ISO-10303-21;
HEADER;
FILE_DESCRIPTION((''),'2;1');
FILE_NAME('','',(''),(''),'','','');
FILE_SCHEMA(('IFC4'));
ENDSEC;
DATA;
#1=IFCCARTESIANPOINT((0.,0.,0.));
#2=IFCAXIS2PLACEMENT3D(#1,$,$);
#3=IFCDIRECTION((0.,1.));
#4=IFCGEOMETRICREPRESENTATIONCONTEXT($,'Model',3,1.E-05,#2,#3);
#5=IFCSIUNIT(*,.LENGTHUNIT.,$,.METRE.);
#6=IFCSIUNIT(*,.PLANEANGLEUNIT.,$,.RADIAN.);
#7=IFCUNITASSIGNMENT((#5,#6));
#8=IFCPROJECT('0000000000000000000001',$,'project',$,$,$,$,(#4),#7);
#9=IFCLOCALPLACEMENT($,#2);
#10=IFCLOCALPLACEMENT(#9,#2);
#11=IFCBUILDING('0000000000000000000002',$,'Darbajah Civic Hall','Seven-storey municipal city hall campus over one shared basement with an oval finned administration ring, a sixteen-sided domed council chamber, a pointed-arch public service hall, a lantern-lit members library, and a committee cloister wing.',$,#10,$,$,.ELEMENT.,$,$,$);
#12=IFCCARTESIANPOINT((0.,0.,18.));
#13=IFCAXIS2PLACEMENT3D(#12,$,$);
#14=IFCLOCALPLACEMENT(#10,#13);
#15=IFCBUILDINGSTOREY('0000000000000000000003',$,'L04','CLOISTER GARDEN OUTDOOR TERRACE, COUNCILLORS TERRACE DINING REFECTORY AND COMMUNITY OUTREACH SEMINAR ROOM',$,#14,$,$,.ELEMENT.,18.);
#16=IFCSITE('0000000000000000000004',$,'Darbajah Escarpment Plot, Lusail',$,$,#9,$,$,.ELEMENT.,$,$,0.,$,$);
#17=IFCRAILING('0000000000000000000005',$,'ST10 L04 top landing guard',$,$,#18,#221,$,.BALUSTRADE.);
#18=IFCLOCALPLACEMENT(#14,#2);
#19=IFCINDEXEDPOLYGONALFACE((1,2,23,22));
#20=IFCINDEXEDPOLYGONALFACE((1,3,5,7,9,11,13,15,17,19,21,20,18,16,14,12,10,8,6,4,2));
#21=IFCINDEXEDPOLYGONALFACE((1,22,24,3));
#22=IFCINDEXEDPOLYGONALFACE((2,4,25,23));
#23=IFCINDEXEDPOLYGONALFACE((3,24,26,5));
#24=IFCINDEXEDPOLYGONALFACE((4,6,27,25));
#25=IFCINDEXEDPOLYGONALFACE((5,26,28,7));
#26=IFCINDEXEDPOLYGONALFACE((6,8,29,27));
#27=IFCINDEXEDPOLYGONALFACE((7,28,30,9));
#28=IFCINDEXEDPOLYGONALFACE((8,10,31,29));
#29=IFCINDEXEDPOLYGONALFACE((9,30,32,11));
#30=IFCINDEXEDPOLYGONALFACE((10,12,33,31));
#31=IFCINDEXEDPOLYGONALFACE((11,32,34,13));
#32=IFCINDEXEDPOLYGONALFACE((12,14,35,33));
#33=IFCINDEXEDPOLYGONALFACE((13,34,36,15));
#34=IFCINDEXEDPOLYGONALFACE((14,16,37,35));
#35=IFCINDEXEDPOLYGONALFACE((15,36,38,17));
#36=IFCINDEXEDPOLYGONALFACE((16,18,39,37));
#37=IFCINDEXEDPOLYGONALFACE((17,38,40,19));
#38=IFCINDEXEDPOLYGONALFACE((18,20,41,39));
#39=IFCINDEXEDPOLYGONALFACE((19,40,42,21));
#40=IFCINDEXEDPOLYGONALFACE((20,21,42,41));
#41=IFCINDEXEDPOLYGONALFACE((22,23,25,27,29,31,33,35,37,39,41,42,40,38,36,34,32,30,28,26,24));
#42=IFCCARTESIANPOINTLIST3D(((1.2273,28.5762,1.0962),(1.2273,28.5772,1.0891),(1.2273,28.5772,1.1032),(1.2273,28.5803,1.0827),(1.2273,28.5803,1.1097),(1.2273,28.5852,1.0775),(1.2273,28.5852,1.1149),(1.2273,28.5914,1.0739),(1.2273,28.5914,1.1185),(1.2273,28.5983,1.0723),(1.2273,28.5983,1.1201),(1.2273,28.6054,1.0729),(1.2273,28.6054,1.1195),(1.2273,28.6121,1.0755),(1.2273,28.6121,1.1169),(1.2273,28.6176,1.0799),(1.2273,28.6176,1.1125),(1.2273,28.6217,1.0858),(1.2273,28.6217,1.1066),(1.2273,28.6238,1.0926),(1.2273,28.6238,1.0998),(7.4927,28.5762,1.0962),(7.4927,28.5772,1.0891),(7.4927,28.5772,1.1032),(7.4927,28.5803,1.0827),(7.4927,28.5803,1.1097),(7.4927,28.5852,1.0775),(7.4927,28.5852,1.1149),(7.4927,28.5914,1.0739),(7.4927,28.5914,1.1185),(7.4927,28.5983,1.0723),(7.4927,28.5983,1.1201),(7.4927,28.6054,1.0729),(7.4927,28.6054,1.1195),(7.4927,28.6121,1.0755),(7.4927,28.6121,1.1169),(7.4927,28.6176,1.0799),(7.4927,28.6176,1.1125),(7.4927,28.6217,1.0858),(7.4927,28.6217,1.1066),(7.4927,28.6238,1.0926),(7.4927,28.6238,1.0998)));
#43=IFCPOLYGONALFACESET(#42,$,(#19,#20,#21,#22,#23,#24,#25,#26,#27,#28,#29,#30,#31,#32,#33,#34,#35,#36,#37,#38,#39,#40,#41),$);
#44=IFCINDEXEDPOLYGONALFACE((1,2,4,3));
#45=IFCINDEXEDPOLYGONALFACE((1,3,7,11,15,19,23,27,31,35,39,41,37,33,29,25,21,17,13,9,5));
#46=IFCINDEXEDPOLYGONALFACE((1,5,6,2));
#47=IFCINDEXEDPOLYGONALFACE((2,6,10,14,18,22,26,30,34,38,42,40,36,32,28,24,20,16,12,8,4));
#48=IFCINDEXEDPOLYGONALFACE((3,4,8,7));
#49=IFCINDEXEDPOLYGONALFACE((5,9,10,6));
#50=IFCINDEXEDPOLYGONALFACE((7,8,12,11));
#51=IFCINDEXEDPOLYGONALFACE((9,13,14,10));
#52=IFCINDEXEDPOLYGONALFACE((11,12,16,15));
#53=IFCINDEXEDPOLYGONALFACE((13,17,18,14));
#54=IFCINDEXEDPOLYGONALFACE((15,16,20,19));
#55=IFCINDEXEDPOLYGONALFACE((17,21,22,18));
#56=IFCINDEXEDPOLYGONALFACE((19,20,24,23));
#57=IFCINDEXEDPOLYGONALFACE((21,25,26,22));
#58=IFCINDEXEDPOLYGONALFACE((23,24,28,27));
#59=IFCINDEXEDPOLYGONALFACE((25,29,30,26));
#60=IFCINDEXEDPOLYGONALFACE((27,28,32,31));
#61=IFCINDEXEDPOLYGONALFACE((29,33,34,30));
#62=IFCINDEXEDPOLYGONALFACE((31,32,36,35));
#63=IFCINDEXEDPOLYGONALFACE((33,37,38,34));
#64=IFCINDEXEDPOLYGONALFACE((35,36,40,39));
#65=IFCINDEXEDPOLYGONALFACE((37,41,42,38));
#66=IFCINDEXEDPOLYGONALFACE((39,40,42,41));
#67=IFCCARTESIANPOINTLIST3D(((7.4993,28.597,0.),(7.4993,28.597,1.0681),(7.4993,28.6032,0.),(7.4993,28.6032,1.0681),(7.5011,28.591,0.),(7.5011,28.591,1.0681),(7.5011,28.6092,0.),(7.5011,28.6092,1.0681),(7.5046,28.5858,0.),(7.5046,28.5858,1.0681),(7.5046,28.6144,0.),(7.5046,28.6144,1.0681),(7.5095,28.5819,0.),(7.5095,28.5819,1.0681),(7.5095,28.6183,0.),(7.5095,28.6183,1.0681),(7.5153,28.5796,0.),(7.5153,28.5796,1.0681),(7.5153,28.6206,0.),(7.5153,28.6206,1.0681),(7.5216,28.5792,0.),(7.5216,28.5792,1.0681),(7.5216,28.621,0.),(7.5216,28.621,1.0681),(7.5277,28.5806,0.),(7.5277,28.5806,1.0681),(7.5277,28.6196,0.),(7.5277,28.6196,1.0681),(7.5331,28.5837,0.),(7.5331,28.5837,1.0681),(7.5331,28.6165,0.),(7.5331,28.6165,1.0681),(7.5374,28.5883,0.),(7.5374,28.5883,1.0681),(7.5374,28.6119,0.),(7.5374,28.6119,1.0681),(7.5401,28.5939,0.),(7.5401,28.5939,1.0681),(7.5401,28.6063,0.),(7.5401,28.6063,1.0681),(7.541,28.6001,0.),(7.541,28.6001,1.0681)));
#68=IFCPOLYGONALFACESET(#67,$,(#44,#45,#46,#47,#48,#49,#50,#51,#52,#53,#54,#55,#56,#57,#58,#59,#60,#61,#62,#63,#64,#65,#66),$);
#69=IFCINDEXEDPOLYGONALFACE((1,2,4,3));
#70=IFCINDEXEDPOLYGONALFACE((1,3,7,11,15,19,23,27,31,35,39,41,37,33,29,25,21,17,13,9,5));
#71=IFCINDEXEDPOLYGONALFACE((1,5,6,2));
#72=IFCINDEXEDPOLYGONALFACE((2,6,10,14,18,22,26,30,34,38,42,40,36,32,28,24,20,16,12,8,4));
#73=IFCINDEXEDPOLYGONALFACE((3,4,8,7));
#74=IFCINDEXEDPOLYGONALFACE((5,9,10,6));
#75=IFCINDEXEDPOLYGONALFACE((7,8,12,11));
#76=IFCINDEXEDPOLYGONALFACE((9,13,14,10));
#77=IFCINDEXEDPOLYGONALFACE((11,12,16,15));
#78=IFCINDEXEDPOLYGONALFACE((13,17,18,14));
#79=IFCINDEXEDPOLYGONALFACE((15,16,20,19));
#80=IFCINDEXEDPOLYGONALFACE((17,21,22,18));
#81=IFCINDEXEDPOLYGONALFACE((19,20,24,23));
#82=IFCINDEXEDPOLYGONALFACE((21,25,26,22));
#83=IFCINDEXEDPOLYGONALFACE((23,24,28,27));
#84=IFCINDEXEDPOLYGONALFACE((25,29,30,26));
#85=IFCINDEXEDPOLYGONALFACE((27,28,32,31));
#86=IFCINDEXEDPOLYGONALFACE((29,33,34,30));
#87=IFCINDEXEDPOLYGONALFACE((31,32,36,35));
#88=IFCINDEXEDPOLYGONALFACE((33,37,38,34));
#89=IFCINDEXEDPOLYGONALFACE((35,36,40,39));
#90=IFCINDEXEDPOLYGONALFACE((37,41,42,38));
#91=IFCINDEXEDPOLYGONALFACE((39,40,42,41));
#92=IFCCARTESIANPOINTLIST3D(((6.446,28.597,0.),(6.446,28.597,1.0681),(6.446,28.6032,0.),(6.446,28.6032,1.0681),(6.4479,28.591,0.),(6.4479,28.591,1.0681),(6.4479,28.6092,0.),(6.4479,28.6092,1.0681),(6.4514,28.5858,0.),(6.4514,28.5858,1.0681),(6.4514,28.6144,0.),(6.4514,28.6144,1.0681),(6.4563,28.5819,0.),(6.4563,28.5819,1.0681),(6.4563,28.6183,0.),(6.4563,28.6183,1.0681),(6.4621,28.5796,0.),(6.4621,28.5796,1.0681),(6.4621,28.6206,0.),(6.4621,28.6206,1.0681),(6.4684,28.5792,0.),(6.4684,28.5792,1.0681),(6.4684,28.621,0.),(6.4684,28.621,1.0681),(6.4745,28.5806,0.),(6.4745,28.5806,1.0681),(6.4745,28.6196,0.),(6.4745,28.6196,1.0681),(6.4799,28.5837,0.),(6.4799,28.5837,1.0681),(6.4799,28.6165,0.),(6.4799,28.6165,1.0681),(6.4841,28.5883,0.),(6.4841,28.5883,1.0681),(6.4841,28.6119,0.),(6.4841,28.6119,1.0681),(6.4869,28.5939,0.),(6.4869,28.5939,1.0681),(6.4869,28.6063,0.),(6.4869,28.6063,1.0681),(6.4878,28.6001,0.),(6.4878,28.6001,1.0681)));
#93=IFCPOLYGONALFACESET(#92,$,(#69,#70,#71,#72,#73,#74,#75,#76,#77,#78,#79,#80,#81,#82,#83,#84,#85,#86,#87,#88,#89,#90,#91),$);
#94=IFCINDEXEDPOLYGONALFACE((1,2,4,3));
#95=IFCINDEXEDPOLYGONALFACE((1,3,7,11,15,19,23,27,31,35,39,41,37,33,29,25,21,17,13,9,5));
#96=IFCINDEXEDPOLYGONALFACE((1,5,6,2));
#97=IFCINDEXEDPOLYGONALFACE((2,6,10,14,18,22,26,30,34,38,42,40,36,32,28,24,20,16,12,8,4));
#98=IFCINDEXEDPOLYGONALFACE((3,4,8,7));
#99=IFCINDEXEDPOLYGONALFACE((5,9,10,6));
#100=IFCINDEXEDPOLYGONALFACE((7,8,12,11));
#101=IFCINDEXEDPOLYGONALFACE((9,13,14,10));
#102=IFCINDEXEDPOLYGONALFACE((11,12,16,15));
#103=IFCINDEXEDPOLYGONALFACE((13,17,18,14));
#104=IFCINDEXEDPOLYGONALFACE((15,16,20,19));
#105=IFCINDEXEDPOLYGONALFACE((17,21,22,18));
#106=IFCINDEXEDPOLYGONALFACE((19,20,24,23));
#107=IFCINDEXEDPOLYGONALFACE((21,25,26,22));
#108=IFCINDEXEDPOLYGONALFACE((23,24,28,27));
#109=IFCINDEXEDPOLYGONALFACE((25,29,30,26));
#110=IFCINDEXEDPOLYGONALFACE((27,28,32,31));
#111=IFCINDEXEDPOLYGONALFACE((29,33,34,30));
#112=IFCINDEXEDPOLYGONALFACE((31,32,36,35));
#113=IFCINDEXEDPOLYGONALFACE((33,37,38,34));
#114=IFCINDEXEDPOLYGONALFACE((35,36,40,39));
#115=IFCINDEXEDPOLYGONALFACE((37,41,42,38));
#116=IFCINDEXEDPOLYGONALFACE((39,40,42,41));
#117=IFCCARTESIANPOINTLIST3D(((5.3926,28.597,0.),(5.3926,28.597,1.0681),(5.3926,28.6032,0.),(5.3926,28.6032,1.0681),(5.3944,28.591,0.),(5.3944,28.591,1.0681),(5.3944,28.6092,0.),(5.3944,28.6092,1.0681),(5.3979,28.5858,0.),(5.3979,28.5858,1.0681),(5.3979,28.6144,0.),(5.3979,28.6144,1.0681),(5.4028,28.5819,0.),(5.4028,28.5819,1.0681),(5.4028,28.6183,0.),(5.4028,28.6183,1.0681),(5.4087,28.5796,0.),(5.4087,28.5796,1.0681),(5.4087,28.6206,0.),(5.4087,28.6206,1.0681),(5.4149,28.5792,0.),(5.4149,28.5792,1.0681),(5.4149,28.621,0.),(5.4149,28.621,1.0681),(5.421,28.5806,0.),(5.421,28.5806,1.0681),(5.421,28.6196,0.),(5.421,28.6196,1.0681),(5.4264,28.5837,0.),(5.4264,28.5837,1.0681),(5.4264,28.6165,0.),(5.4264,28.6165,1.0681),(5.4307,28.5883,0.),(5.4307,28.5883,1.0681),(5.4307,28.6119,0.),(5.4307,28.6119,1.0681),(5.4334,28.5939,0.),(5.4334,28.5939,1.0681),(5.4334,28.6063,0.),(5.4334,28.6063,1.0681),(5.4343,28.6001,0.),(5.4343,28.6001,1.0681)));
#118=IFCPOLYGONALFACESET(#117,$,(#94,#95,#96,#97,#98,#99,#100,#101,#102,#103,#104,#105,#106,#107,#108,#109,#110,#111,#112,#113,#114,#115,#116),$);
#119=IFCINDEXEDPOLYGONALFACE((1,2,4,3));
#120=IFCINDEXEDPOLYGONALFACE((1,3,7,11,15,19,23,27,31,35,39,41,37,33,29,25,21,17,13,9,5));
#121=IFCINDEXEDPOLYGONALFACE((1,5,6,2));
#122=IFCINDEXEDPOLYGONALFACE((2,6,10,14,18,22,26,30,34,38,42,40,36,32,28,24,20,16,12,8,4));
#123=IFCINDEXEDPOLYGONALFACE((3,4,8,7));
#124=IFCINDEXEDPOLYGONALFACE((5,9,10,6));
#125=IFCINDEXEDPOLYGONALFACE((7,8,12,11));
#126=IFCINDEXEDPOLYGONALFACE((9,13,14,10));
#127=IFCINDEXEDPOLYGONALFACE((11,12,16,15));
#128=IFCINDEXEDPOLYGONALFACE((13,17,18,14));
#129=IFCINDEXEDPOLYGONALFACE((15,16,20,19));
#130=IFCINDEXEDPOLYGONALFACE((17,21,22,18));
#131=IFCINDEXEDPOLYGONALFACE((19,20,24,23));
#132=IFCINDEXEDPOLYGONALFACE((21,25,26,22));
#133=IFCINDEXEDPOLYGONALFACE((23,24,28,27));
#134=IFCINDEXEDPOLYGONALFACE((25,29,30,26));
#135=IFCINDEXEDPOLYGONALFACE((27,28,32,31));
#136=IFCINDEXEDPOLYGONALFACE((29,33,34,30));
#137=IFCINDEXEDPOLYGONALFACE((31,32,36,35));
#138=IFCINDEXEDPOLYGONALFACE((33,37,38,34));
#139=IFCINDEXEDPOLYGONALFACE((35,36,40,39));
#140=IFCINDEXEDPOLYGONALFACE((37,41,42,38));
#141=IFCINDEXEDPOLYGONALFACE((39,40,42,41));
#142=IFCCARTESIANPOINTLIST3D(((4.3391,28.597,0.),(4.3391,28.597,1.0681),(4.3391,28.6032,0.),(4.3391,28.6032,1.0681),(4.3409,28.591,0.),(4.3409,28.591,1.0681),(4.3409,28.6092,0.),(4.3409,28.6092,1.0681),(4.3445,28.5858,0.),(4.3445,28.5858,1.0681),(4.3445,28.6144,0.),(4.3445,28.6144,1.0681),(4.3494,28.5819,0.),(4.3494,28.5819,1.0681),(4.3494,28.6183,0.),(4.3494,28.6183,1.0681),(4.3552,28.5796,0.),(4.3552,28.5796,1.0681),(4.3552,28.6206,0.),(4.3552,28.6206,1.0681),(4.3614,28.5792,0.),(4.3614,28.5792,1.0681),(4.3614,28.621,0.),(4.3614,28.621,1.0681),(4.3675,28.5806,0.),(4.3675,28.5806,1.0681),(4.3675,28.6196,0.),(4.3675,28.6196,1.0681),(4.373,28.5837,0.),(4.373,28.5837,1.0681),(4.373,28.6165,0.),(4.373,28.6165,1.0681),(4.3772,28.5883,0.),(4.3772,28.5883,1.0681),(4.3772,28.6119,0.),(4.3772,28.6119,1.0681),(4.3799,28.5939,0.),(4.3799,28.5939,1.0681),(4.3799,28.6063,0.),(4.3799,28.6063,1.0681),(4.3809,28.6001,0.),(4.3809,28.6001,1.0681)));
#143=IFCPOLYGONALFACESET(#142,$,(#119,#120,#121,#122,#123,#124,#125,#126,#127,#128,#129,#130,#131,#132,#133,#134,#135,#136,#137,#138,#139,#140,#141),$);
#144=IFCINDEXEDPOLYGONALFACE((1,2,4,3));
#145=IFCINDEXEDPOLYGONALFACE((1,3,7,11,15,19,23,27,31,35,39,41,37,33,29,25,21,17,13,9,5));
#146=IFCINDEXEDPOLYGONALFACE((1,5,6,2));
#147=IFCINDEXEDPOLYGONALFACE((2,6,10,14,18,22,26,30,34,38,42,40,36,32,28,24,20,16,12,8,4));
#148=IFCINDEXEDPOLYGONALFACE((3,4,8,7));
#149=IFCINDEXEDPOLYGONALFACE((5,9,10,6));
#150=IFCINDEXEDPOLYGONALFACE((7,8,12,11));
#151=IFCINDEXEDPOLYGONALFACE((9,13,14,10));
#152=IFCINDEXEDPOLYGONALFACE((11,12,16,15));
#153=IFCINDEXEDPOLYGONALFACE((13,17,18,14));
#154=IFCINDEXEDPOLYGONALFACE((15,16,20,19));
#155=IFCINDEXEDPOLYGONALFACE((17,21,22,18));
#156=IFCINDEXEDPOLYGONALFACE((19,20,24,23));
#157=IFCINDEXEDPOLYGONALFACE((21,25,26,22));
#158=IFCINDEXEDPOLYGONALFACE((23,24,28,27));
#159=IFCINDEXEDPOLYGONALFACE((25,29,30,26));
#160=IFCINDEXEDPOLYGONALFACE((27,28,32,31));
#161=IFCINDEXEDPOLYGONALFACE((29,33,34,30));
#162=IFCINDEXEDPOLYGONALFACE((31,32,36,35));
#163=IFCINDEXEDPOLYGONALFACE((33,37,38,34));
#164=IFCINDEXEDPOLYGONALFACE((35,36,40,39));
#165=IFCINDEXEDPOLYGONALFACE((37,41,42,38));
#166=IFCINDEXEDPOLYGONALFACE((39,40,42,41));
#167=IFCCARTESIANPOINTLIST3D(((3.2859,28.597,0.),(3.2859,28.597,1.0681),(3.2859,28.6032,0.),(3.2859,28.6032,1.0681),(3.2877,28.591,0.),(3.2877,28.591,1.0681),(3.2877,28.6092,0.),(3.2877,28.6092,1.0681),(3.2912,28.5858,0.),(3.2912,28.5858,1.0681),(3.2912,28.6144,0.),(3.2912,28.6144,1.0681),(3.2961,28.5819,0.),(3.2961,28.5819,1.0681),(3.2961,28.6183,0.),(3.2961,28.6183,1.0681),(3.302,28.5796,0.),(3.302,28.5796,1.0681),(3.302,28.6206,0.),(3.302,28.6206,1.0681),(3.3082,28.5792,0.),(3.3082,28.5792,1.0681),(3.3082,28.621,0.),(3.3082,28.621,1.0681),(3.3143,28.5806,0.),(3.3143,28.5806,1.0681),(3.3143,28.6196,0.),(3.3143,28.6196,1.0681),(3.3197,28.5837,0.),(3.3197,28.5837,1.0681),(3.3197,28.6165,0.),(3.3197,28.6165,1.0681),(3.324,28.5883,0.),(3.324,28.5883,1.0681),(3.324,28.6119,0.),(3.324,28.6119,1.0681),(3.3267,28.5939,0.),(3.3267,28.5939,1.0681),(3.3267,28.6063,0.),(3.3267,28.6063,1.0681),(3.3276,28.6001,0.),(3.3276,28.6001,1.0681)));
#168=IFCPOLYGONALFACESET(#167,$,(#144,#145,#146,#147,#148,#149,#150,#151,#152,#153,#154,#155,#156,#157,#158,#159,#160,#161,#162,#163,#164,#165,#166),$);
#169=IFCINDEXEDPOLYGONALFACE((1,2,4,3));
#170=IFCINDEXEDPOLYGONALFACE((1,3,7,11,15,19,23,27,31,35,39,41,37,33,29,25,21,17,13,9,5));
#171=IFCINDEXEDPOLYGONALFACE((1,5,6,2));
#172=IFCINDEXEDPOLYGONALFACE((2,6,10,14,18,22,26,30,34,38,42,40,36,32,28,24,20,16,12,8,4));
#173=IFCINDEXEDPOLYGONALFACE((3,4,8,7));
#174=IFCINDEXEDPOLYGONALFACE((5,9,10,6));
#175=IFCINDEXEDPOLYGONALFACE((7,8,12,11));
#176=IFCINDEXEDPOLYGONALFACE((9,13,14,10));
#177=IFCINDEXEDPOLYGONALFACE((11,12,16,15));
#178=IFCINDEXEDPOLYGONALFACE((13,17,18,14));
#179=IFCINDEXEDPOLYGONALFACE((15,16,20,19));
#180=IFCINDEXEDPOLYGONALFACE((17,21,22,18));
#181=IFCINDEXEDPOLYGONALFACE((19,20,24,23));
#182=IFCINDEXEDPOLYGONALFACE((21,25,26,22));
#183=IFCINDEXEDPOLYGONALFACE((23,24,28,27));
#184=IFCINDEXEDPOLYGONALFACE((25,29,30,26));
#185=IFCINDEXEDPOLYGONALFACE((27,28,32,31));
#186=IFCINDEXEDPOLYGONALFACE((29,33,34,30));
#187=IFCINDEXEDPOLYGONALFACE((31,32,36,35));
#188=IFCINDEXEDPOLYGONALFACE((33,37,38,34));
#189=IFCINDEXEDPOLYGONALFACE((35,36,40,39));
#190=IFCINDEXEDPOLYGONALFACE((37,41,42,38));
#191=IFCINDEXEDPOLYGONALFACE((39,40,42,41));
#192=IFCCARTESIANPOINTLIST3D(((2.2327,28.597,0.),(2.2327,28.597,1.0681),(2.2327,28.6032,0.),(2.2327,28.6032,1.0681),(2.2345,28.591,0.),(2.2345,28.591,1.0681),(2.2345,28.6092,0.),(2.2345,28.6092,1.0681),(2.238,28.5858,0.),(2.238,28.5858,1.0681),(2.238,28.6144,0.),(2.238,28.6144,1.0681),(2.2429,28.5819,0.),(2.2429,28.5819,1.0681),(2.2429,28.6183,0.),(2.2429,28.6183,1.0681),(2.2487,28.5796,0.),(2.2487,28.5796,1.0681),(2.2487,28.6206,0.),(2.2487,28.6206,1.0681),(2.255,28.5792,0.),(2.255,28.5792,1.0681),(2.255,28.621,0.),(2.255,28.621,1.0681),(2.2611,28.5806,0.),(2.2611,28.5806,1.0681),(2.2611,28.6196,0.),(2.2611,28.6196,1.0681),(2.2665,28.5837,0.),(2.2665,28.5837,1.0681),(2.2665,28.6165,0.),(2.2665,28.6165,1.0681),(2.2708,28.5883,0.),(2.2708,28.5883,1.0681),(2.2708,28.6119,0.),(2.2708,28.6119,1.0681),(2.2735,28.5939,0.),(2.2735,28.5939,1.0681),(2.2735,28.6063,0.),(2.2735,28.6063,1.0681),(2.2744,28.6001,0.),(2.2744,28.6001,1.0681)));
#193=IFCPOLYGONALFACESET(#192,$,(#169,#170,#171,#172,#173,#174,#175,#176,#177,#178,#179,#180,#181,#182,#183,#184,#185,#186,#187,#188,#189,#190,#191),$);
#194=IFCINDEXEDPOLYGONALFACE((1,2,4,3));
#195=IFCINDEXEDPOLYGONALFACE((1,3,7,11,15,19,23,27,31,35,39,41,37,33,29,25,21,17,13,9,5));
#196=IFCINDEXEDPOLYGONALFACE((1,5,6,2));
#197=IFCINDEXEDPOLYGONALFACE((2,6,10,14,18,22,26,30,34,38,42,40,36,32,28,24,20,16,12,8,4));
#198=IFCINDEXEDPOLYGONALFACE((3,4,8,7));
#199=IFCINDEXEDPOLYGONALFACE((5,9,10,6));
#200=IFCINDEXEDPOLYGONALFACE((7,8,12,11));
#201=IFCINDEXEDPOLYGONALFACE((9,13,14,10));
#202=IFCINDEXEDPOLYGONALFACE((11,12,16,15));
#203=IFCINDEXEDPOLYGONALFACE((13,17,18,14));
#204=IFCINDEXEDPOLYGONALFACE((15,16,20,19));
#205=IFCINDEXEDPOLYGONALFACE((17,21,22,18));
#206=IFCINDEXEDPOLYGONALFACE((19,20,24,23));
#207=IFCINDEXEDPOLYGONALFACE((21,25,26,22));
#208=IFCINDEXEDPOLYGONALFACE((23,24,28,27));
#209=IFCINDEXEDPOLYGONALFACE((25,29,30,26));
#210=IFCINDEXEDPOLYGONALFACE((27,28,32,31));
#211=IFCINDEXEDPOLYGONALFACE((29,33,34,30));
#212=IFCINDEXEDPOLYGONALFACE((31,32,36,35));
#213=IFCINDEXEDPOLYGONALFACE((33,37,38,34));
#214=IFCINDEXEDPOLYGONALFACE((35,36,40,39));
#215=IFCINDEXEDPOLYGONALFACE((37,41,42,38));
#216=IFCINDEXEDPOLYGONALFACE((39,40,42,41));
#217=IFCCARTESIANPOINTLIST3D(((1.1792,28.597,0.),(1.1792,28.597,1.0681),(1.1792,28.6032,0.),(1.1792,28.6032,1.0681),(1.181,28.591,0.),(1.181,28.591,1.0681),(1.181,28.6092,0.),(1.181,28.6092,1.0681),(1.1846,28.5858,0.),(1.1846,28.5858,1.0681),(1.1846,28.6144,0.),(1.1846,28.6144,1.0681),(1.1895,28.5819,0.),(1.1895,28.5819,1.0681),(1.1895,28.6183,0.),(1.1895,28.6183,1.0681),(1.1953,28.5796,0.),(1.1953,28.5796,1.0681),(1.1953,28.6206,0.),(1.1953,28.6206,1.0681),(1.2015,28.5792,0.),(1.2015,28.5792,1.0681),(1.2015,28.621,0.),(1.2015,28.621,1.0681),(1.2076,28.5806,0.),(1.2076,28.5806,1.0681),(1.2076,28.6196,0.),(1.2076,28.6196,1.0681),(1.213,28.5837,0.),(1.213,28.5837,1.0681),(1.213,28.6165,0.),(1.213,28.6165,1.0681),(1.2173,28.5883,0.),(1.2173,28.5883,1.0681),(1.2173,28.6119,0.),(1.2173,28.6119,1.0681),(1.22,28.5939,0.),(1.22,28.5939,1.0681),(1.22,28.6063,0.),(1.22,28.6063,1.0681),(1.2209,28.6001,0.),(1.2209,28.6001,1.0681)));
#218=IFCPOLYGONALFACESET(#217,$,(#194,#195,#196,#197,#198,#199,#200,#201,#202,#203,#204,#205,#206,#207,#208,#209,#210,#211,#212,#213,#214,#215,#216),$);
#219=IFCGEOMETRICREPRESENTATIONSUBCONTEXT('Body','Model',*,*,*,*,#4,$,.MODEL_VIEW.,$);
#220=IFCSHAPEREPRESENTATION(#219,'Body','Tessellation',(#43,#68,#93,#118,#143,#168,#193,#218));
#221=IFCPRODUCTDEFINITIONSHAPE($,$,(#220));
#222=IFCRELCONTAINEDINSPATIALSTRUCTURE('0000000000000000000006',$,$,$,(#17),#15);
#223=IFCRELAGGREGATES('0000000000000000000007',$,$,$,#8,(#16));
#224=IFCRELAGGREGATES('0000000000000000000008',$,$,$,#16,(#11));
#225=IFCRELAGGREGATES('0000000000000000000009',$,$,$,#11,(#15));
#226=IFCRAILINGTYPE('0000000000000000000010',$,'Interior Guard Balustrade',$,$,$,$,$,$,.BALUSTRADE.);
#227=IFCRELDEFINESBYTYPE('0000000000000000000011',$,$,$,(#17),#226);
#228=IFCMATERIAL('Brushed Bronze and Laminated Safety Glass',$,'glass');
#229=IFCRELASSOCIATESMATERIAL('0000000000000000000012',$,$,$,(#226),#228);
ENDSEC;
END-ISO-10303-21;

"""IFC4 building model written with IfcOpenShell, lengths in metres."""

from ifc_helpers import new_model, si_unit, direction, frame, origin, origin_2d, place, context, subcontext, project, spatial, circle, extrude, material, type_object, element, save


model = new_model("IFC4")

# Units and contexts
model_context = context("Model", 3, precision=1e-05, world=origin(), true_north=direction((0.0, 1.0)))
body_context = subcontext(model_context, "Body", "Model", "MODEL_VIEW")
ifc_project = project(units=[si_unit("LENGTHUNIT", "METRE"), si_unit("PLANEANGLEUNIT", "RADIAN")], contexts=[model_context])

# Site, building, storey
site_placement = place(None, origin())
site = spatial("IfcSite", under=ifc_project, at=site_placement, Name="Darbajah Escarpment Plot, Lusail", CompositionType="ELEMENT", RefElevation=0.0)
building_placement = place(site_placement, origin())
building = spatial("IfcBuilding", under=site, at=building_placement, Name="Darbajah Civic Hall", Description="Seven-storey municipal city hall campus over one shared basement with an oval finned administration ring, a sixteen-sided domed council chamber, a pointed-arch public service hall, a lantern-lit members library, and a committee cloister wing.", CompositionType="ELEMENT")
storey_placement = place(building_placement, frame((0.0, 0.0, 18.0)))
storey = spatial("IfcBuildingStorey", under=building, at=storey_placement, Name="L04", Description="CLOISTER GARDEN OUTDOOR TERRACE, COUNCILLORS TERRACE DINING REFECTORY AND COMMUNITY OUTREACH SEMINAR ROOM", CompositionType="ELEMENT", Elevation=18.0)

# Railing
ifc_material_1 = material(Name="Brushed Bronze and Laminated Safety Glass", Category="glass")
railing_type = type_object("IfcRailingType", Name="Interior Guard Balustrade", PredefinedType="BALUSTRADE", material=ifc_material_1)
railing_1_placement = place(storey_placement, frame((7.52, 28.6001, 0.0)))
element("IfcRailing", 1, at=railing_1_placement, inside=storey, type_object=railing_type, Name="ST10 L04 top landing guard", PredefinedType="BALUSTRADE", context=body_context, shape_type="SweptSolid", body=[
    extrude(circle(Radius=0.0239, at=origin_2d()), frame((-0.0273, 0.0, 1.0962), z_axis=(-1.0, 0.0, 0.0), x_axis=(0.0, -1.0, 0.0)), (0.0, 0.0, 1.0), 6.2654),
    extrude(circle(Radius=0.021, at=origin_2d()), origin(), (0.0, 0.0, 1.0), 1.0681),
    extrude(circle(Radius=0.021, at=origin_2d()), frame((-1.0532, 0.0, 0.0)), (0.0, 0.0, 1.0), 1.0681),
    extrude(circle(Radius=0.021, at=origin_2d()), frame((-2.1067, 0.0, 0.0)), (0.0, 0.0, 1.0), 1.0681),
    extrude(circle(Radius=0.021, at=origin_2d()), frame((-3.1602, 0.0, 0.0)), (0.0, 0.0, 1.0), 1.0681),
    extrude(circle(Radius=0.021, at=origin_2d()), frame((-4.2134, 0.0, 0.0)), (0.0, 0.0, 1.0), 1.0681),
    extrude(circle(Radius=0.021, at=origin_2d()), frame((-5.2666, 0.0, 0.0)), (0.0, 0.0, 1.0), 1.0681),
    extrude(circle(Radius=0.021, at=origin_2d()), frame((-6.3201, 0.0, 0.0)), (0.0, 0.0, 1.0), 1.0681),
])

save(model, "model.ifc")
